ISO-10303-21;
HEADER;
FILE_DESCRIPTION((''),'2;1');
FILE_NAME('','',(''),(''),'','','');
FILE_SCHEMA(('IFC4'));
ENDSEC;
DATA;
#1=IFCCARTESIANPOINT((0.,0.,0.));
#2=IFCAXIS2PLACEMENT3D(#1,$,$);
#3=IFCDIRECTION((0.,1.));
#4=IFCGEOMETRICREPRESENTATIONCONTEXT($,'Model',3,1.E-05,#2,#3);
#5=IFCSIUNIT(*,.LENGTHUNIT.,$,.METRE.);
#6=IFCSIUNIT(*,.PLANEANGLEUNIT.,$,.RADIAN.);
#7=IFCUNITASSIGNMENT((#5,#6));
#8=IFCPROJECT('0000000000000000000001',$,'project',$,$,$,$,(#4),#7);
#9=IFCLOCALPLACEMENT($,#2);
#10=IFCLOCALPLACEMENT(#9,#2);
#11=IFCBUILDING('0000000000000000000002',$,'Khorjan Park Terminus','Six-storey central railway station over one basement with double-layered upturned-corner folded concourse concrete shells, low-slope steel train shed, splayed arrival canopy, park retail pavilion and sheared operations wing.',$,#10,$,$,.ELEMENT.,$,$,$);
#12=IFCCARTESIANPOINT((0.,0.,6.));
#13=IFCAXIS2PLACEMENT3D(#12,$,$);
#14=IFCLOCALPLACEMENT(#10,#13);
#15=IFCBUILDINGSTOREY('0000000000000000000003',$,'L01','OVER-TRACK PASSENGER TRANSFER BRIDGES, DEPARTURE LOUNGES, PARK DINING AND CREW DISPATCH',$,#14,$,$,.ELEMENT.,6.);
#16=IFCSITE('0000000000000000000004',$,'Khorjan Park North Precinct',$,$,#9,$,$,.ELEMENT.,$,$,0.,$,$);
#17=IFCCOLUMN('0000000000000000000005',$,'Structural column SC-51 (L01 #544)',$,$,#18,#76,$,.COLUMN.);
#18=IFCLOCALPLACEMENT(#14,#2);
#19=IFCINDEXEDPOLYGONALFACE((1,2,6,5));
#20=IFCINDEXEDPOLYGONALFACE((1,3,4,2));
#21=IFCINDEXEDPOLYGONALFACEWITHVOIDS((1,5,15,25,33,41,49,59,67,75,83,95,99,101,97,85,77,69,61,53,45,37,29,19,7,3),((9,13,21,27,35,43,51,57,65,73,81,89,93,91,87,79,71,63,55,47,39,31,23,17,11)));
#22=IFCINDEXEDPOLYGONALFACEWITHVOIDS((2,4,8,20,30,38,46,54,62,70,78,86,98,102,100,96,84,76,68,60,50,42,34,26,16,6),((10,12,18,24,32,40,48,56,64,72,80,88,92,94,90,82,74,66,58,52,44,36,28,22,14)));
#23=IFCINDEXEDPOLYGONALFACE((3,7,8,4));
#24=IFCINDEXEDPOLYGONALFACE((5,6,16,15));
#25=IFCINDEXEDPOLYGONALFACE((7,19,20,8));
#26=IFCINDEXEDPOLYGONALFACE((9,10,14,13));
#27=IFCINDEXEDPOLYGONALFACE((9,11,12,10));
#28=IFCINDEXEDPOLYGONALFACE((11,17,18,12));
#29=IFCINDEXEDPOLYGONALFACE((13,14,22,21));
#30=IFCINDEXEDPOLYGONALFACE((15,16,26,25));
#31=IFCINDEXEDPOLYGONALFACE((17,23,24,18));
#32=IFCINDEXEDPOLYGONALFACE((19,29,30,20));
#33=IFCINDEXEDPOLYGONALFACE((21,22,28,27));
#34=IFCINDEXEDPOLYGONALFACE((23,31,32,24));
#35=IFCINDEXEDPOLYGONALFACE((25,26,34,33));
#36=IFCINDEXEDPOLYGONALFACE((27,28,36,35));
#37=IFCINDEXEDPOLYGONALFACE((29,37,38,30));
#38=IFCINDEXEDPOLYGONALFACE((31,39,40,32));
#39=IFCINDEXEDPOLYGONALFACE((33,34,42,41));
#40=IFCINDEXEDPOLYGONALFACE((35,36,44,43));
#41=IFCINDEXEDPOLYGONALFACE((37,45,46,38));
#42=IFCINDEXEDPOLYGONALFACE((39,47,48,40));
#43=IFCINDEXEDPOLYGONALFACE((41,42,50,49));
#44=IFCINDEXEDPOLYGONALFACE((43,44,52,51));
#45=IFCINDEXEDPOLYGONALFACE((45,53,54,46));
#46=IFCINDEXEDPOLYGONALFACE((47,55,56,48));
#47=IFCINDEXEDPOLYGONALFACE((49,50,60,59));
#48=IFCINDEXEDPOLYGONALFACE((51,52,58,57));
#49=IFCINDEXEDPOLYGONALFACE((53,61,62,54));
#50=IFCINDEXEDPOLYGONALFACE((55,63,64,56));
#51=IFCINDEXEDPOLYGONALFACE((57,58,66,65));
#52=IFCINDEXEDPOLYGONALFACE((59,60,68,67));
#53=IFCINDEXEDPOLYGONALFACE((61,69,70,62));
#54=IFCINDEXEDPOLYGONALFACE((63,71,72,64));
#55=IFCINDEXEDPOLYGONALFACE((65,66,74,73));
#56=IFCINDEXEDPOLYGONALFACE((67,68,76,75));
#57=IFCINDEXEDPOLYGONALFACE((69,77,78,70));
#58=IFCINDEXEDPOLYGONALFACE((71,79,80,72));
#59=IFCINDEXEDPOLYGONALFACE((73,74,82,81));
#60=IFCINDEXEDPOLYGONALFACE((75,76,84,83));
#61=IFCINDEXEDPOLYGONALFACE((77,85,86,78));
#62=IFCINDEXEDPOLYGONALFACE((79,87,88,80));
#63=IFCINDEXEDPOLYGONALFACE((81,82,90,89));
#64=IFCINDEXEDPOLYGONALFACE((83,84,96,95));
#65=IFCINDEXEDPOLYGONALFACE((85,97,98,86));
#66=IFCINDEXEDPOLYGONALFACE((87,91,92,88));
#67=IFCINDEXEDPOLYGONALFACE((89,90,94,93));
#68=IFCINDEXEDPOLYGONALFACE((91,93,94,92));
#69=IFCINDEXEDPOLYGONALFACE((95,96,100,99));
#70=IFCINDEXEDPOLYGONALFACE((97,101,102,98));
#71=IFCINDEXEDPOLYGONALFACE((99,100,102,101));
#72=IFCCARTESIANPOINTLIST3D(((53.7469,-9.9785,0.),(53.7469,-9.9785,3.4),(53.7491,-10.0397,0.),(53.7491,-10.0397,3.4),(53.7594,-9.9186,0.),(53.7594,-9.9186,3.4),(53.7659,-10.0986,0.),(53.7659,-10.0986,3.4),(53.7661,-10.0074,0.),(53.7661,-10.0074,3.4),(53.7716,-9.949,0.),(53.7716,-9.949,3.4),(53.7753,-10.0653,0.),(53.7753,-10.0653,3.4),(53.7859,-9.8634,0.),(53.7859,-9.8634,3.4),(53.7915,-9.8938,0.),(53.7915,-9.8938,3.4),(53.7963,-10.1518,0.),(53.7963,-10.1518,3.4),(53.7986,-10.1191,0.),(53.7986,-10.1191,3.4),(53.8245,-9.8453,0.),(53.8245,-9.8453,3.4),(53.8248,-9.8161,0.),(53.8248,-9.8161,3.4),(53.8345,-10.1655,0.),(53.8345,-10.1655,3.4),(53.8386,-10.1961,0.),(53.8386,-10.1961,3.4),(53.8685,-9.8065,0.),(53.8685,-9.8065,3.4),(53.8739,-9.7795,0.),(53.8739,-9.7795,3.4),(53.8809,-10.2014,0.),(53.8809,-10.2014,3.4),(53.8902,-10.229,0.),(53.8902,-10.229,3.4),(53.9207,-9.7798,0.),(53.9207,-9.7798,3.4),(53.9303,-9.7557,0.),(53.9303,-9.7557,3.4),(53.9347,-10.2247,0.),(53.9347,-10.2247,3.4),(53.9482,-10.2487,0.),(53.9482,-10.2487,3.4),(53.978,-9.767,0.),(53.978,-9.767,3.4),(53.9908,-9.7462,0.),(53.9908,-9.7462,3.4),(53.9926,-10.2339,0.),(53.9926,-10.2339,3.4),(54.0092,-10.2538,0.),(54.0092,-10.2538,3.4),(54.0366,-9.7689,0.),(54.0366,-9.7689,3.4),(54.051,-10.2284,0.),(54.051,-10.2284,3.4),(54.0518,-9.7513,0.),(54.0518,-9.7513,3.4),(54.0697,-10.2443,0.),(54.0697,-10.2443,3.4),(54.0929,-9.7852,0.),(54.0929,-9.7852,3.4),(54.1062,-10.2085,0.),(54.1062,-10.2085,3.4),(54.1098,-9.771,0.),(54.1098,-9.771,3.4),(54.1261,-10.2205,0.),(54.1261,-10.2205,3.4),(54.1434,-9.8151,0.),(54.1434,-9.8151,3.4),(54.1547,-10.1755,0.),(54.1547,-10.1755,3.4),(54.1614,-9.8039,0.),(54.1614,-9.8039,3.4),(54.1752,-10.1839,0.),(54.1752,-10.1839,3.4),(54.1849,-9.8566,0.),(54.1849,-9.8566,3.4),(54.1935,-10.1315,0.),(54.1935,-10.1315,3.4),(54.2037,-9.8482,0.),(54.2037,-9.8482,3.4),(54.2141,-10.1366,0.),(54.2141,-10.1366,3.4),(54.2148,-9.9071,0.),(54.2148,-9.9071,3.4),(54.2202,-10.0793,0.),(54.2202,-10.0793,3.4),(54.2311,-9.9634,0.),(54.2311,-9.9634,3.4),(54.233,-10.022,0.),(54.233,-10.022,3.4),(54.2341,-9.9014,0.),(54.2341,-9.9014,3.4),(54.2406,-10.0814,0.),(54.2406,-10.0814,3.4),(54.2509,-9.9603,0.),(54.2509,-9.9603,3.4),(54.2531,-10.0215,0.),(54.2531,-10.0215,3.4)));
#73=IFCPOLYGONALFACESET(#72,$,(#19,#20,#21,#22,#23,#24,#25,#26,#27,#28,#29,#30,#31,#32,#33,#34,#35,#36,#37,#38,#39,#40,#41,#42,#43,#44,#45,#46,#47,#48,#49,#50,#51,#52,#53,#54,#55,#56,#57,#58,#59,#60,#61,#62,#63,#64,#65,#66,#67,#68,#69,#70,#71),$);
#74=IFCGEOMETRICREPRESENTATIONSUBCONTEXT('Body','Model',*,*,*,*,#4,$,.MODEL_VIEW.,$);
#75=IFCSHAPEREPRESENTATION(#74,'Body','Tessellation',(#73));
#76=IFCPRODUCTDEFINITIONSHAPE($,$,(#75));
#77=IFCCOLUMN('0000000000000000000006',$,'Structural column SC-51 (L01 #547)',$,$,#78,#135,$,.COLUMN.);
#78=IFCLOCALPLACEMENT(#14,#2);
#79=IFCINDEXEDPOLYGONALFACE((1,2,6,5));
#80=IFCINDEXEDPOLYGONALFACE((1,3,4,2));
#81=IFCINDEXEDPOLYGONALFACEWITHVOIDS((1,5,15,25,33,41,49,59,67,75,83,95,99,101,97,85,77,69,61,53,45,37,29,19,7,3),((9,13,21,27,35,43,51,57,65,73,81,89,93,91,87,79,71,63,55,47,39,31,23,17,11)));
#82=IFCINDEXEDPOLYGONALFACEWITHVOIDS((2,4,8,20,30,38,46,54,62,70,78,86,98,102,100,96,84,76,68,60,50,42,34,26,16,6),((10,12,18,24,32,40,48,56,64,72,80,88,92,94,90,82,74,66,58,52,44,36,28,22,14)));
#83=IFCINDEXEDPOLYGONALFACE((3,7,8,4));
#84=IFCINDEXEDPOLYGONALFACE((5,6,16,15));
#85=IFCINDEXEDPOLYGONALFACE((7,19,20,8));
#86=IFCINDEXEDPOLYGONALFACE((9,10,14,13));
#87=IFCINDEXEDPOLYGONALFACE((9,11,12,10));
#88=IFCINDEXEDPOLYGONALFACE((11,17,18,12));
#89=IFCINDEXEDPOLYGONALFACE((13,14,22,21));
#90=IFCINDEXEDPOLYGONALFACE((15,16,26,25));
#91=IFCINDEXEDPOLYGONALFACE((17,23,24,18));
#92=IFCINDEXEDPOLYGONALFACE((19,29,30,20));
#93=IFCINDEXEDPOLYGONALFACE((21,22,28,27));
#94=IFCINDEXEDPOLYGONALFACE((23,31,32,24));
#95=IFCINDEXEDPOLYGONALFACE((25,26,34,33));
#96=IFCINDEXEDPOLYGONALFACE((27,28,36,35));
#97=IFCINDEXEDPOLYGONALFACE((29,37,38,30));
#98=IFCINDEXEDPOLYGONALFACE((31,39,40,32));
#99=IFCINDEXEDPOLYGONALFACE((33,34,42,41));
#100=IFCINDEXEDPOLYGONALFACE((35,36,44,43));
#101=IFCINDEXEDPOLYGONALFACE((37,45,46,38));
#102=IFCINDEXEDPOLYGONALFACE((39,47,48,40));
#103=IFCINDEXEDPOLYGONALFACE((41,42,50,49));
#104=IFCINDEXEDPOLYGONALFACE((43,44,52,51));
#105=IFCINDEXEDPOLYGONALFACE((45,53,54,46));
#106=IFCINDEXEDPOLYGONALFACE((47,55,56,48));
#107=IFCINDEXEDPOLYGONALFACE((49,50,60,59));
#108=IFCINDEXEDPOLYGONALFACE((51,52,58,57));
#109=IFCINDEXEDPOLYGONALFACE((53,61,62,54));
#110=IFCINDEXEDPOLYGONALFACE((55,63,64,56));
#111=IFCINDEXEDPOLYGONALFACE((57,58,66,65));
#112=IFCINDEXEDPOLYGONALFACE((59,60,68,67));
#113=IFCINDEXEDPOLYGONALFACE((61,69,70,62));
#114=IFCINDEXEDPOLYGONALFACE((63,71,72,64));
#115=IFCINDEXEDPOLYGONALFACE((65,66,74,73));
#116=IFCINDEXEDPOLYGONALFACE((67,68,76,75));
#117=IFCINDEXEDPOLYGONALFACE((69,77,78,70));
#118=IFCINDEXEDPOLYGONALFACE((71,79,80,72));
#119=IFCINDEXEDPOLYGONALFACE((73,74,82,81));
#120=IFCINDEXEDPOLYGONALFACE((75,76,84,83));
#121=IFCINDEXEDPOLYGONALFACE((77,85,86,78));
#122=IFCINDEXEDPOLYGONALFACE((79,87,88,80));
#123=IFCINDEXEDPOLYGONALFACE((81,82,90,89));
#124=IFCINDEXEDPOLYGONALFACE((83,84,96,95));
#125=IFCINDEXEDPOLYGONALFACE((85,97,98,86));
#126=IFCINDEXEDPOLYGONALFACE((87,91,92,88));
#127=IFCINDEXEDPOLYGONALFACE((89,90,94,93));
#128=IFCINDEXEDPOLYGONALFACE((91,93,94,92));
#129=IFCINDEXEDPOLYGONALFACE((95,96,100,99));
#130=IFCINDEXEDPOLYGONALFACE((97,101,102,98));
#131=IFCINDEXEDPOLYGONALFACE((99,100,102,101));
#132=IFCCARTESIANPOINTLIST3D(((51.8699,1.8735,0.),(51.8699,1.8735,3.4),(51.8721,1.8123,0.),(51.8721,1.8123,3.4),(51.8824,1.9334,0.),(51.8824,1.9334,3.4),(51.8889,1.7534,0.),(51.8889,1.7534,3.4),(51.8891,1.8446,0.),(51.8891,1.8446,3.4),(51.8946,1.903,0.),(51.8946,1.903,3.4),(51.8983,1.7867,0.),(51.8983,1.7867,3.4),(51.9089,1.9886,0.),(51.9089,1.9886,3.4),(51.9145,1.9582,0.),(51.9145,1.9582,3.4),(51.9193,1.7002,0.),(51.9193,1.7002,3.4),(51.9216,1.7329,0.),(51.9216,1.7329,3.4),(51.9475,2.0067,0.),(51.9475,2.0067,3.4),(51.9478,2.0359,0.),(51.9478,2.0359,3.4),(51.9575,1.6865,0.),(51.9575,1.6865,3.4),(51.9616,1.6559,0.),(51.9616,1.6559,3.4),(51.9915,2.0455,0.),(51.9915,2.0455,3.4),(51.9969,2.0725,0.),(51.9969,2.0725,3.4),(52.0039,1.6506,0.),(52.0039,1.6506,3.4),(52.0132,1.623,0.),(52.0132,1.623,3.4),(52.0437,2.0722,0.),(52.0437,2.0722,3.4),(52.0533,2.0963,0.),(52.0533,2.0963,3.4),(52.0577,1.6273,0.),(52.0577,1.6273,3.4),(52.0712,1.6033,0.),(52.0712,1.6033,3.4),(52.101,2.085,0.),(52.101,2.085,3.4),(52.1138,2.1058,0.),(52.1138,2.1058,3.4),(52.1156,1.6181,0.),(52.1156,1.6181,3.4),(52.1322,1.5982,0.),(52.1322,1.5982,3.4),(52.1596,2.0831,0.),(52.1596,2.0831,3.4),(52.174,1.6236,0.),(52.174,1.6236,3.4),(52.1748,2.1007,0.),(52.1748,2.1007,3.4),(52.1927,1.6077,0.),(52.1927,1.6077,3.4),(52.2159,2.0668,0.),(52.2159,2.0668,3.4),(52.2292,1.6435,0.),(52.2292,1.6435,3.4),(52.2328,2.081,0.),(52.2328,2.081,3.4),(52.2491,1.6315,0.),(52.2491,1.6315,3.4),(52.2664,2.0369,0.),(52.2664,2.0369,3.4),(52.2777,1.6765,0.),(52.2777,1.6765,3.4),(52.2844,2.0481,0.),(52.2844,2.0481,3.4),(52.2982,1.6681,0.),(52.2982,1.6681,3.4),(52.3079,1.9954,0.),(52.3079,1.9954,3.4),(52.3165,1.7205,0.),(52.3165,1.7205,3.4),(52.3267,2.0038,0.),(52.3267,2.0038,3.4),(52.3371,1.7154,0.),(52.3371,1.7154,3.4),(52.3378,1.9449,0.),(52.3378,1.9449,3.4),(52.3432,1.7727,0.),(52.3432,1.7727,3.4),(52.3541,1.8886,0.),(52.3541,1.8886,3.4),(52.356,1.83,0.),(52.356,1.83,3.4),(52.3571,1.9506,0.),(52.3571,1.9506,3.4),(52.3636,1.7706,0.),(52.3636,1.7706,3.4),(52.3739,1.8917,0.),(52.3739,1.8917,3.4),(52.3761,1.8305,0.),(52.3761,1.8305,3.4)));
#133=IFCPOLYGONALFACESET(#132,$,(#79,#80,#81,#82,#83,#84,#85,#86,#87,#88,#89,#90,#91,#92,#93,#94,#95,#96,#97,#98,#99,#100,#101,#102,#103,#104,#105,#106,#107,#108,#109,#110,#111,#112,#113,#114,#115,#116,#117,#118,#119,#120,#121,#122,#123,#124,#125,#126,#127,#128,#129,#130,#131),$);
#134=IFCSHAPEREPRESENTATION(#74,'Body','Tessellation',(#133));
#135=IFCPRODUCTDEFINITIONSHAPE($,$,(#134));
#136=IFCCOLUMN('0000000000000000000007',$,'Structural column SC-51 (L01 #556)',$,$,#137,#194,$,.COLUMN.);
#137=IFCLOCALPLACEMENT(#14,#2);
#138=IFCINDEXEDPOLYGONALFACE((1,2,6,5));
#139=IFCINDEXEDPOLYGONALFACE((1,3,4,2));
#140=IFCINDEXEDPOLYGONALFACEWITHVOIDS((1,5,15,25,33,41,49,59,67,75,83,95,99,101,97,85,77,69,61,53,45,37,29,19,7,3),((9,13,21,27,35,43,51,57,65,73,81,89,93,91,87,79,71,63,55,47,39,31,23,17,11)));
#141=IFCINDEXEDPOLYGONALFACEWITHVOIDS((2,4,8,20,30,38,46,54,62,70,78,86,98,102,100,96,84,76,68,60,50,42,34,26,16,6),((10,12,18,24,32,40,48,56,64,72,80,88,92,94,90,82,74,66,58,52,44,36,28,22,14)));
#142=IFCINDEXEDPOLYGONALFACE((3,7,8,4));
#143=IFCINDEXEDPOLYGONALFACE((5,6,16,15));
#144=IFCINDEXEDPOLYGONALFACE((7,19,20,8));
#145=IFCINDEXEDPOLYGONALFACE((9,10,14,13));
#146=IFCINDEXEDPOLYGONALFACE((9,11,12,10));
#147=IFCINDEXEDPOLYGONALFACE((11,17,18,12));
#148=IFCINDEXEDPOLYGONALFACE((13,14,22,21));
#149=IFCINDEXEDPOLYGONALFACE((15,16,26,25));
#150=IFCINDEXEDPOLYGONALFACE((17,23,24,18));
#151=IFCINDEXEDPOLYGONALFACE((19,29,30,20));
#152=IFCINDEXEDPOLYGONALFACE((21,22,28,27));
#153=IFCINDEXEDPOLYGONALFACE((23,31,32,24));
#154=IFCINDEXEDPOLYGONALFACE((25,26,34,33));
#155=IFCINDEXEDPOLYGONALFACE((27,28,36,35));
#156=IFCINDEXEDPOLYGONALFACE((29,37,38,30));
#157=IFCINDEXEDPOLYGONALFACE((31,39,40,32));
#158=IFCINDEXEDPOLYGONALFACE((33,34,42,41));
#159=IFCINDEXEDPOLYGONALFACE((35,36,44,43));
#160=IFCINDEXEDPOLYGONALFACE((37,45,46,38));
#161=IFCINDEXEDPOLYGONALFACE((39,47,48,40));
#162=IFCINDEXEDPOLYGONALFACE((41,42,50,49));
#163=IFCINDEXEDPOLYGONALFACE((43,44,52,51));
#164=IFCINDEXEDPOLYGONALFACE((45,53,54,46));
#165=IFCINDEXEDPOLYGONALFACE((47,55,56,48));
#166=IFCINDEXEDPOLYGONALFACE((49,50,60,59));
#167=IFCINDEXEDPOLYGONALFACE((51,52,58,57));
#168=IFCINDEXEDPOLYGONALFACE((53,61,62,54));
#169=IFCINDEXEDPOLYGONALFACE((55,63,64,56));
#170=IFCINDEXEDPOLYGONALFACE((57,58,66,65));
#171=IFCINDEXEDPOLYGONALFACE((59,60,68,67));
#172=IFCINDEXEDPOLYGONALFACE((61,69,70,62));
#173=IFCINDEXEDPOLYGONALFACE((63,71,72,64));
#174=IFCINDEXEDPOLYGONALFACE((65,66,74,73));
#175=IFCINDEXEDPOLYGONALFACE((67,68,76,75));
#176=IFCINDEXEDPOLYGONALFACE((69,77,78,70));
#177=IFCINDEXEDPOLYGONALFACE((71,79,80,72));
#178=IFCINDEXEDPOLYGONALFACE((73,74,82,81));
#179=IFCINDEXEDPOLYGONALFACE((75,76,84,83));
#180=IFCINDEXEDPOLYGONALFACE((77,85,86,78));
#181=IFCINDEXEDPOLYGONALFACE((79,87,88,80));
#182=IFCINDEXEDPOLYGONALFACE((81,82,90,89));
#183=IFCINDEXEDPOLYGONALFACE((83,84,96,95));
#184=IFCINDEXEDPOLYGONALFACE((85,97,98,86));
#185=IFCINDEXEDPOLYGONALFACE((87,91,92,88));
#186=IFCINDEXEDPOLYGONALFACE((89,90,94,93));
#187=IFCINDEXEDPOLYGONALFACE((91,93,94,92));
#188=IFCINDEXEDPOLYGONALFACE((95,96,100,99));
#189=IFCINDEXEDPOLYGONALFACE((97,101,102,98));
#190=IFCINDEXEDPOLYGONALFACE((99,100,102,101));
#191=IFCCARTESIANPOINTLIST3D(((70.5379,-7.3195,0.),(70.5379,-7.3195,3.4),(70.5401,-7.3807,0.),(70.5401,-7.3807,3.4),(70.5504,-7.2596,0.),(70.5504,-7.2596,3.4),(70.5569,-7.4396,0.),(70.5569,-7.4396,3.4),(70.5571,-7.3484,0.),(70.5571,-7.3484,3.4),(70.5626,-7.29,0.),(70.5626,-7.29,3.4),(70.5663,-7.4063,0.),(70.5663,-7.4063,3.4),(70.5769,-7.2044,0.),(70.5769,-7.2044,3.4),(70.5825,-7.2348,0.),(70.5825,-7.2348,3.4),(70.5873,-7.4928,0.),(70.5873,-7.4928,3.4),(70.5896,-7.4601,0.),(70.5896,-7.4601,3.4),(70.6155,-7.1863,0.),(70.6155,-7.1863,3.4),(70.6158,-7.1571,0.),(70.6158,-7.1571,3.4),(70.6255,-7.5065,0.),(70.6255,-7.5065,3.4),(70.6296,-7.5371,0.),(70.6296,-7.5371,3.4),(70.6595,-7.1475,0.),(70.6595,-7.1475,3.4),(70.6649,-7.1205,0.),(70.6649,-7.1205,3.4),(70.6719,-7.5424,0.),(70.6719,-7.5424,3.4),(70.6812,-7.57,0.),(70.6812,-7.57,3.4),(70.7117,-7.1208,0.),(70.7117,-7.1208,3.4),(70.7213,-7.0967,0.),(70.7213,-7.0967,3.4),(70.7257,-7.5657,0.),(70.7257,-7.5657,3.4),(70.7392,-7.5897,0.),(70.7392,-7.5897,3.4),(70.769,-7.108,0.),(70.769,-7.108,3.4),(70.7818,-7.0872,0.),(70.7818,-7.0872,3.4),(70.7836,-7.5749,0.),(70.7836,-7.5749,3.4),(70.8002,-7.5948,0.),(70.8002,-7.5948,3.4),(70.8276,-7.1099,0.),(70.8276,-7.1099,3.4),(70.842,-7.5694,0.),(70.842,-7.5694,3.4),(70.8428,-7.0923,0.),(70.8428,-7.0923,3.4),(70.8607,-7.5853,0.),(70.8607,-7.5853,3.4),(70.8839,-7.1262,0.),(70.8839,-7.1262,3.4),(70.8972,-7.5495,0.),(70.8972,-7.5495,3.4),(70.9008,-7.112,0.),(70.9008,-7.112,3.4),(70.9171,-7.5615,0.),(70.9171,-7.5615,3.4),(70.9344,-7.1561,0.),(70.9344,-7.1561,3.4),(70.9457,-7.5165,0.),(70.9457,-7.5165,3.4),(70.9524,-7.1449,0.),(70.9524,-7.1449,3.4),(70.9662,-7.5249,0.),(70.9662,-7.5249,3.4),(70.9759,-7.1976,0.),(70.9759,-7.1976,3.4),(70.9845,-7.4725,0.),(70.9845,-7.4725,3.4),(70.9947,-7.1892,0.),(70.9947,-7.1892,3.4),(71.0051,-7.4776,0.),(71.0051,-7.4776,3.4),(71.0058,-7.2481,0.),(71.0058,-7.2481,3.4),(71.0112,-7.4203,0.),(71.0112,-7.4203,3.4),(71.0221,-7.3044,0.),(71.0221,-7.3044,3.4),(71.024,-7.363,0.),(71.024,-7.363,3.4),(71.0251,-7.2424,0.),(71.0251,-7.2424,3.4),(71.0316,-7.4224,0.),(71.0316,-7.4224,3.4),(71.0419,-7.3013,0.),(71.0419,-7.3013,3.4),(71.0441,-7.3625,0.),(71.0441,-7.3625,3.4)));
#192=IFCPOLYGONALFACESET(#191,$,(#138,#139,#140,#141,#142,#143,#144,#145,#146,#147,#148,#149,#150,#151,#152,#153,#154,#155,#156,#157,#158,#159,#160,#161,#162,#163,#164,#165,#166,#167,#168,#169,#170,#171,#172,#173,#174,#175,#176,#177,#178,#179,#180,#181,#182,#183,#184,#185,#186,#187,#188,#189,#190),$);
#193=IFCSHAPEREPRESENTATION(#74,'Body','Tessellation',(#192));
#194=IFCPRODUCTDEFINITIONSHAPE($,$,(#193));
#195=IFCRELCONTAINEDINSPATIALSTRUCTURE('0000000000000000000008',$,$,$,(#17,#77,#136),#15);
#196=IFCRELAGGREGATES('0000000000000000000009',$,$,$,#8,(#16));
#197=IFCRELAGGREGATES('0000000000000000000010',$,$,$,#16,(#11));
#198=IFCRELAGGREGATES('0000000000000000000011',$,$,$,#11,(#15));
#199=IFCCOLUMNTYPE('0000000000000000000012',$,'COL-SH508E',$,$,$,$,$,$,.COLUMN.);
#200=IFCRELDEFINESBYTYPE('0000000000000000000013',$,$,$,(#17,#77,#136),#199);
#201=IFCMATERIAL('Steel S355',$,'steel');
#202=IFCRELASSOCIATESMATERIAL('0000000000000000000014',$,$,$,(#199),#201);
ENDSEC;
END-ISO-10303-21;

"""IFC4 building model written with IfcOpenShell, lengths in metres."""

from ifc_helpers import new_model, si_unit, direction, frame, origin, origin_2d, place, context, subcontext, project, spatial, hollow_circle, extrude, material, material_profile, profile_set, type_object, element, save


model = new_model("IFC4")

# Units and contexts
model_context = context("Model", 3, precision=1e-05, world=origin(), true_north=direction((0.0, 1.0)))
body_context = subcontext(model_context, "Body", "Model", "MODEL_VIEW")
ifc_project = project(units=[si_unit("LENGTHUNIT", "METRE"), si_unit("PLANEANGLEUNIT", "RADIAN")], contexts=[model_context])

# Site, building, storey
site_placement = place(None, origin())
site = spatial("IfcSite", under=ifc_project, at=site_placement, Name="Khorjan Park North Precinct", CompositionType="ELEMENT", RefElevation=0.0)
building_placement = place(site_placement, origin())
building = spatial("IfcBuilding", under=site, at=building_placement, Name="Khorjan Park Terminus", Description="Six-storey central railway station over one basement with double-layered upturned-corner folded concourse concrete shells, low-slope steel train shed, splayed arrival canopy, park retail pavilion and sheared operations wing.", CompositionType="ELEMENT")
storey_placement = place(building_placement, frame((0.0, 0.0, 6.0)))
storey = spatial("IfcBuildingStorey", under=building, at=storey_placement, Name="L01", Description="OVER-TRACK PASSENGER TRANSFER BRIDGES, DEPARTURE LOUNGES, PARK DINING AND CREW DISPATCH", CompositionType="ELEMENT", Elevation=6.0)

# Columns
ifc_material_1 = material(Name="Steel S355", Category="steel")
ifc_material_profile_1 = material_profile(ifc_material_1, hollow_circle(Radius=0.254, WallThickness=0.02, at=origin_2d()), Name="CHS 508x20")
ifc_profile_set_1 = profile_set([ifc_material_profile_1], Name="Steel S355")
column_type_1 = type_object("IfcColumnType", Name="COL-SH508E", PredefinedType="COLUMN", material=ifc_profile_set_1)
for number, where, z_axis, x_axis, name in (
    (1, (54.0, -10.0, 0.0), (0.0, 0.0, 1.0), (0.987688, 0.156434, 0.0), "Structural column SC-51 (L01 #544)"),
    (2, (52.123, 1.852, 0.0), (0.0, 0.0, 1.0), (0.987688, 0.156434, 0.0), "Structural column SC-51 (L01 #547)"),
    (3, (70.791, -7.341, 0.0), (0.0, 0.0, 1.0), (0.987688, 0.156434, 0.0), "Structural column SC-51 (L01 #556)"),
):
    element("IfcColumn", number, at=place(storey_placement, frame(where, z_axis=z_axis, x_axis=x_axis)), inside=storey, type_object=column_type_1, Name=name, PredefinedType="COLUMN", context=body_context, shape_type="SweptSolid", body=[
        extrude(hollow_circle(Radius=0.254, WallThickness=0.02, at=origin_2d()), origin(), (0.0, 0.0, 1.0), 3.4),
    ])

save(model, "model.ifc")
